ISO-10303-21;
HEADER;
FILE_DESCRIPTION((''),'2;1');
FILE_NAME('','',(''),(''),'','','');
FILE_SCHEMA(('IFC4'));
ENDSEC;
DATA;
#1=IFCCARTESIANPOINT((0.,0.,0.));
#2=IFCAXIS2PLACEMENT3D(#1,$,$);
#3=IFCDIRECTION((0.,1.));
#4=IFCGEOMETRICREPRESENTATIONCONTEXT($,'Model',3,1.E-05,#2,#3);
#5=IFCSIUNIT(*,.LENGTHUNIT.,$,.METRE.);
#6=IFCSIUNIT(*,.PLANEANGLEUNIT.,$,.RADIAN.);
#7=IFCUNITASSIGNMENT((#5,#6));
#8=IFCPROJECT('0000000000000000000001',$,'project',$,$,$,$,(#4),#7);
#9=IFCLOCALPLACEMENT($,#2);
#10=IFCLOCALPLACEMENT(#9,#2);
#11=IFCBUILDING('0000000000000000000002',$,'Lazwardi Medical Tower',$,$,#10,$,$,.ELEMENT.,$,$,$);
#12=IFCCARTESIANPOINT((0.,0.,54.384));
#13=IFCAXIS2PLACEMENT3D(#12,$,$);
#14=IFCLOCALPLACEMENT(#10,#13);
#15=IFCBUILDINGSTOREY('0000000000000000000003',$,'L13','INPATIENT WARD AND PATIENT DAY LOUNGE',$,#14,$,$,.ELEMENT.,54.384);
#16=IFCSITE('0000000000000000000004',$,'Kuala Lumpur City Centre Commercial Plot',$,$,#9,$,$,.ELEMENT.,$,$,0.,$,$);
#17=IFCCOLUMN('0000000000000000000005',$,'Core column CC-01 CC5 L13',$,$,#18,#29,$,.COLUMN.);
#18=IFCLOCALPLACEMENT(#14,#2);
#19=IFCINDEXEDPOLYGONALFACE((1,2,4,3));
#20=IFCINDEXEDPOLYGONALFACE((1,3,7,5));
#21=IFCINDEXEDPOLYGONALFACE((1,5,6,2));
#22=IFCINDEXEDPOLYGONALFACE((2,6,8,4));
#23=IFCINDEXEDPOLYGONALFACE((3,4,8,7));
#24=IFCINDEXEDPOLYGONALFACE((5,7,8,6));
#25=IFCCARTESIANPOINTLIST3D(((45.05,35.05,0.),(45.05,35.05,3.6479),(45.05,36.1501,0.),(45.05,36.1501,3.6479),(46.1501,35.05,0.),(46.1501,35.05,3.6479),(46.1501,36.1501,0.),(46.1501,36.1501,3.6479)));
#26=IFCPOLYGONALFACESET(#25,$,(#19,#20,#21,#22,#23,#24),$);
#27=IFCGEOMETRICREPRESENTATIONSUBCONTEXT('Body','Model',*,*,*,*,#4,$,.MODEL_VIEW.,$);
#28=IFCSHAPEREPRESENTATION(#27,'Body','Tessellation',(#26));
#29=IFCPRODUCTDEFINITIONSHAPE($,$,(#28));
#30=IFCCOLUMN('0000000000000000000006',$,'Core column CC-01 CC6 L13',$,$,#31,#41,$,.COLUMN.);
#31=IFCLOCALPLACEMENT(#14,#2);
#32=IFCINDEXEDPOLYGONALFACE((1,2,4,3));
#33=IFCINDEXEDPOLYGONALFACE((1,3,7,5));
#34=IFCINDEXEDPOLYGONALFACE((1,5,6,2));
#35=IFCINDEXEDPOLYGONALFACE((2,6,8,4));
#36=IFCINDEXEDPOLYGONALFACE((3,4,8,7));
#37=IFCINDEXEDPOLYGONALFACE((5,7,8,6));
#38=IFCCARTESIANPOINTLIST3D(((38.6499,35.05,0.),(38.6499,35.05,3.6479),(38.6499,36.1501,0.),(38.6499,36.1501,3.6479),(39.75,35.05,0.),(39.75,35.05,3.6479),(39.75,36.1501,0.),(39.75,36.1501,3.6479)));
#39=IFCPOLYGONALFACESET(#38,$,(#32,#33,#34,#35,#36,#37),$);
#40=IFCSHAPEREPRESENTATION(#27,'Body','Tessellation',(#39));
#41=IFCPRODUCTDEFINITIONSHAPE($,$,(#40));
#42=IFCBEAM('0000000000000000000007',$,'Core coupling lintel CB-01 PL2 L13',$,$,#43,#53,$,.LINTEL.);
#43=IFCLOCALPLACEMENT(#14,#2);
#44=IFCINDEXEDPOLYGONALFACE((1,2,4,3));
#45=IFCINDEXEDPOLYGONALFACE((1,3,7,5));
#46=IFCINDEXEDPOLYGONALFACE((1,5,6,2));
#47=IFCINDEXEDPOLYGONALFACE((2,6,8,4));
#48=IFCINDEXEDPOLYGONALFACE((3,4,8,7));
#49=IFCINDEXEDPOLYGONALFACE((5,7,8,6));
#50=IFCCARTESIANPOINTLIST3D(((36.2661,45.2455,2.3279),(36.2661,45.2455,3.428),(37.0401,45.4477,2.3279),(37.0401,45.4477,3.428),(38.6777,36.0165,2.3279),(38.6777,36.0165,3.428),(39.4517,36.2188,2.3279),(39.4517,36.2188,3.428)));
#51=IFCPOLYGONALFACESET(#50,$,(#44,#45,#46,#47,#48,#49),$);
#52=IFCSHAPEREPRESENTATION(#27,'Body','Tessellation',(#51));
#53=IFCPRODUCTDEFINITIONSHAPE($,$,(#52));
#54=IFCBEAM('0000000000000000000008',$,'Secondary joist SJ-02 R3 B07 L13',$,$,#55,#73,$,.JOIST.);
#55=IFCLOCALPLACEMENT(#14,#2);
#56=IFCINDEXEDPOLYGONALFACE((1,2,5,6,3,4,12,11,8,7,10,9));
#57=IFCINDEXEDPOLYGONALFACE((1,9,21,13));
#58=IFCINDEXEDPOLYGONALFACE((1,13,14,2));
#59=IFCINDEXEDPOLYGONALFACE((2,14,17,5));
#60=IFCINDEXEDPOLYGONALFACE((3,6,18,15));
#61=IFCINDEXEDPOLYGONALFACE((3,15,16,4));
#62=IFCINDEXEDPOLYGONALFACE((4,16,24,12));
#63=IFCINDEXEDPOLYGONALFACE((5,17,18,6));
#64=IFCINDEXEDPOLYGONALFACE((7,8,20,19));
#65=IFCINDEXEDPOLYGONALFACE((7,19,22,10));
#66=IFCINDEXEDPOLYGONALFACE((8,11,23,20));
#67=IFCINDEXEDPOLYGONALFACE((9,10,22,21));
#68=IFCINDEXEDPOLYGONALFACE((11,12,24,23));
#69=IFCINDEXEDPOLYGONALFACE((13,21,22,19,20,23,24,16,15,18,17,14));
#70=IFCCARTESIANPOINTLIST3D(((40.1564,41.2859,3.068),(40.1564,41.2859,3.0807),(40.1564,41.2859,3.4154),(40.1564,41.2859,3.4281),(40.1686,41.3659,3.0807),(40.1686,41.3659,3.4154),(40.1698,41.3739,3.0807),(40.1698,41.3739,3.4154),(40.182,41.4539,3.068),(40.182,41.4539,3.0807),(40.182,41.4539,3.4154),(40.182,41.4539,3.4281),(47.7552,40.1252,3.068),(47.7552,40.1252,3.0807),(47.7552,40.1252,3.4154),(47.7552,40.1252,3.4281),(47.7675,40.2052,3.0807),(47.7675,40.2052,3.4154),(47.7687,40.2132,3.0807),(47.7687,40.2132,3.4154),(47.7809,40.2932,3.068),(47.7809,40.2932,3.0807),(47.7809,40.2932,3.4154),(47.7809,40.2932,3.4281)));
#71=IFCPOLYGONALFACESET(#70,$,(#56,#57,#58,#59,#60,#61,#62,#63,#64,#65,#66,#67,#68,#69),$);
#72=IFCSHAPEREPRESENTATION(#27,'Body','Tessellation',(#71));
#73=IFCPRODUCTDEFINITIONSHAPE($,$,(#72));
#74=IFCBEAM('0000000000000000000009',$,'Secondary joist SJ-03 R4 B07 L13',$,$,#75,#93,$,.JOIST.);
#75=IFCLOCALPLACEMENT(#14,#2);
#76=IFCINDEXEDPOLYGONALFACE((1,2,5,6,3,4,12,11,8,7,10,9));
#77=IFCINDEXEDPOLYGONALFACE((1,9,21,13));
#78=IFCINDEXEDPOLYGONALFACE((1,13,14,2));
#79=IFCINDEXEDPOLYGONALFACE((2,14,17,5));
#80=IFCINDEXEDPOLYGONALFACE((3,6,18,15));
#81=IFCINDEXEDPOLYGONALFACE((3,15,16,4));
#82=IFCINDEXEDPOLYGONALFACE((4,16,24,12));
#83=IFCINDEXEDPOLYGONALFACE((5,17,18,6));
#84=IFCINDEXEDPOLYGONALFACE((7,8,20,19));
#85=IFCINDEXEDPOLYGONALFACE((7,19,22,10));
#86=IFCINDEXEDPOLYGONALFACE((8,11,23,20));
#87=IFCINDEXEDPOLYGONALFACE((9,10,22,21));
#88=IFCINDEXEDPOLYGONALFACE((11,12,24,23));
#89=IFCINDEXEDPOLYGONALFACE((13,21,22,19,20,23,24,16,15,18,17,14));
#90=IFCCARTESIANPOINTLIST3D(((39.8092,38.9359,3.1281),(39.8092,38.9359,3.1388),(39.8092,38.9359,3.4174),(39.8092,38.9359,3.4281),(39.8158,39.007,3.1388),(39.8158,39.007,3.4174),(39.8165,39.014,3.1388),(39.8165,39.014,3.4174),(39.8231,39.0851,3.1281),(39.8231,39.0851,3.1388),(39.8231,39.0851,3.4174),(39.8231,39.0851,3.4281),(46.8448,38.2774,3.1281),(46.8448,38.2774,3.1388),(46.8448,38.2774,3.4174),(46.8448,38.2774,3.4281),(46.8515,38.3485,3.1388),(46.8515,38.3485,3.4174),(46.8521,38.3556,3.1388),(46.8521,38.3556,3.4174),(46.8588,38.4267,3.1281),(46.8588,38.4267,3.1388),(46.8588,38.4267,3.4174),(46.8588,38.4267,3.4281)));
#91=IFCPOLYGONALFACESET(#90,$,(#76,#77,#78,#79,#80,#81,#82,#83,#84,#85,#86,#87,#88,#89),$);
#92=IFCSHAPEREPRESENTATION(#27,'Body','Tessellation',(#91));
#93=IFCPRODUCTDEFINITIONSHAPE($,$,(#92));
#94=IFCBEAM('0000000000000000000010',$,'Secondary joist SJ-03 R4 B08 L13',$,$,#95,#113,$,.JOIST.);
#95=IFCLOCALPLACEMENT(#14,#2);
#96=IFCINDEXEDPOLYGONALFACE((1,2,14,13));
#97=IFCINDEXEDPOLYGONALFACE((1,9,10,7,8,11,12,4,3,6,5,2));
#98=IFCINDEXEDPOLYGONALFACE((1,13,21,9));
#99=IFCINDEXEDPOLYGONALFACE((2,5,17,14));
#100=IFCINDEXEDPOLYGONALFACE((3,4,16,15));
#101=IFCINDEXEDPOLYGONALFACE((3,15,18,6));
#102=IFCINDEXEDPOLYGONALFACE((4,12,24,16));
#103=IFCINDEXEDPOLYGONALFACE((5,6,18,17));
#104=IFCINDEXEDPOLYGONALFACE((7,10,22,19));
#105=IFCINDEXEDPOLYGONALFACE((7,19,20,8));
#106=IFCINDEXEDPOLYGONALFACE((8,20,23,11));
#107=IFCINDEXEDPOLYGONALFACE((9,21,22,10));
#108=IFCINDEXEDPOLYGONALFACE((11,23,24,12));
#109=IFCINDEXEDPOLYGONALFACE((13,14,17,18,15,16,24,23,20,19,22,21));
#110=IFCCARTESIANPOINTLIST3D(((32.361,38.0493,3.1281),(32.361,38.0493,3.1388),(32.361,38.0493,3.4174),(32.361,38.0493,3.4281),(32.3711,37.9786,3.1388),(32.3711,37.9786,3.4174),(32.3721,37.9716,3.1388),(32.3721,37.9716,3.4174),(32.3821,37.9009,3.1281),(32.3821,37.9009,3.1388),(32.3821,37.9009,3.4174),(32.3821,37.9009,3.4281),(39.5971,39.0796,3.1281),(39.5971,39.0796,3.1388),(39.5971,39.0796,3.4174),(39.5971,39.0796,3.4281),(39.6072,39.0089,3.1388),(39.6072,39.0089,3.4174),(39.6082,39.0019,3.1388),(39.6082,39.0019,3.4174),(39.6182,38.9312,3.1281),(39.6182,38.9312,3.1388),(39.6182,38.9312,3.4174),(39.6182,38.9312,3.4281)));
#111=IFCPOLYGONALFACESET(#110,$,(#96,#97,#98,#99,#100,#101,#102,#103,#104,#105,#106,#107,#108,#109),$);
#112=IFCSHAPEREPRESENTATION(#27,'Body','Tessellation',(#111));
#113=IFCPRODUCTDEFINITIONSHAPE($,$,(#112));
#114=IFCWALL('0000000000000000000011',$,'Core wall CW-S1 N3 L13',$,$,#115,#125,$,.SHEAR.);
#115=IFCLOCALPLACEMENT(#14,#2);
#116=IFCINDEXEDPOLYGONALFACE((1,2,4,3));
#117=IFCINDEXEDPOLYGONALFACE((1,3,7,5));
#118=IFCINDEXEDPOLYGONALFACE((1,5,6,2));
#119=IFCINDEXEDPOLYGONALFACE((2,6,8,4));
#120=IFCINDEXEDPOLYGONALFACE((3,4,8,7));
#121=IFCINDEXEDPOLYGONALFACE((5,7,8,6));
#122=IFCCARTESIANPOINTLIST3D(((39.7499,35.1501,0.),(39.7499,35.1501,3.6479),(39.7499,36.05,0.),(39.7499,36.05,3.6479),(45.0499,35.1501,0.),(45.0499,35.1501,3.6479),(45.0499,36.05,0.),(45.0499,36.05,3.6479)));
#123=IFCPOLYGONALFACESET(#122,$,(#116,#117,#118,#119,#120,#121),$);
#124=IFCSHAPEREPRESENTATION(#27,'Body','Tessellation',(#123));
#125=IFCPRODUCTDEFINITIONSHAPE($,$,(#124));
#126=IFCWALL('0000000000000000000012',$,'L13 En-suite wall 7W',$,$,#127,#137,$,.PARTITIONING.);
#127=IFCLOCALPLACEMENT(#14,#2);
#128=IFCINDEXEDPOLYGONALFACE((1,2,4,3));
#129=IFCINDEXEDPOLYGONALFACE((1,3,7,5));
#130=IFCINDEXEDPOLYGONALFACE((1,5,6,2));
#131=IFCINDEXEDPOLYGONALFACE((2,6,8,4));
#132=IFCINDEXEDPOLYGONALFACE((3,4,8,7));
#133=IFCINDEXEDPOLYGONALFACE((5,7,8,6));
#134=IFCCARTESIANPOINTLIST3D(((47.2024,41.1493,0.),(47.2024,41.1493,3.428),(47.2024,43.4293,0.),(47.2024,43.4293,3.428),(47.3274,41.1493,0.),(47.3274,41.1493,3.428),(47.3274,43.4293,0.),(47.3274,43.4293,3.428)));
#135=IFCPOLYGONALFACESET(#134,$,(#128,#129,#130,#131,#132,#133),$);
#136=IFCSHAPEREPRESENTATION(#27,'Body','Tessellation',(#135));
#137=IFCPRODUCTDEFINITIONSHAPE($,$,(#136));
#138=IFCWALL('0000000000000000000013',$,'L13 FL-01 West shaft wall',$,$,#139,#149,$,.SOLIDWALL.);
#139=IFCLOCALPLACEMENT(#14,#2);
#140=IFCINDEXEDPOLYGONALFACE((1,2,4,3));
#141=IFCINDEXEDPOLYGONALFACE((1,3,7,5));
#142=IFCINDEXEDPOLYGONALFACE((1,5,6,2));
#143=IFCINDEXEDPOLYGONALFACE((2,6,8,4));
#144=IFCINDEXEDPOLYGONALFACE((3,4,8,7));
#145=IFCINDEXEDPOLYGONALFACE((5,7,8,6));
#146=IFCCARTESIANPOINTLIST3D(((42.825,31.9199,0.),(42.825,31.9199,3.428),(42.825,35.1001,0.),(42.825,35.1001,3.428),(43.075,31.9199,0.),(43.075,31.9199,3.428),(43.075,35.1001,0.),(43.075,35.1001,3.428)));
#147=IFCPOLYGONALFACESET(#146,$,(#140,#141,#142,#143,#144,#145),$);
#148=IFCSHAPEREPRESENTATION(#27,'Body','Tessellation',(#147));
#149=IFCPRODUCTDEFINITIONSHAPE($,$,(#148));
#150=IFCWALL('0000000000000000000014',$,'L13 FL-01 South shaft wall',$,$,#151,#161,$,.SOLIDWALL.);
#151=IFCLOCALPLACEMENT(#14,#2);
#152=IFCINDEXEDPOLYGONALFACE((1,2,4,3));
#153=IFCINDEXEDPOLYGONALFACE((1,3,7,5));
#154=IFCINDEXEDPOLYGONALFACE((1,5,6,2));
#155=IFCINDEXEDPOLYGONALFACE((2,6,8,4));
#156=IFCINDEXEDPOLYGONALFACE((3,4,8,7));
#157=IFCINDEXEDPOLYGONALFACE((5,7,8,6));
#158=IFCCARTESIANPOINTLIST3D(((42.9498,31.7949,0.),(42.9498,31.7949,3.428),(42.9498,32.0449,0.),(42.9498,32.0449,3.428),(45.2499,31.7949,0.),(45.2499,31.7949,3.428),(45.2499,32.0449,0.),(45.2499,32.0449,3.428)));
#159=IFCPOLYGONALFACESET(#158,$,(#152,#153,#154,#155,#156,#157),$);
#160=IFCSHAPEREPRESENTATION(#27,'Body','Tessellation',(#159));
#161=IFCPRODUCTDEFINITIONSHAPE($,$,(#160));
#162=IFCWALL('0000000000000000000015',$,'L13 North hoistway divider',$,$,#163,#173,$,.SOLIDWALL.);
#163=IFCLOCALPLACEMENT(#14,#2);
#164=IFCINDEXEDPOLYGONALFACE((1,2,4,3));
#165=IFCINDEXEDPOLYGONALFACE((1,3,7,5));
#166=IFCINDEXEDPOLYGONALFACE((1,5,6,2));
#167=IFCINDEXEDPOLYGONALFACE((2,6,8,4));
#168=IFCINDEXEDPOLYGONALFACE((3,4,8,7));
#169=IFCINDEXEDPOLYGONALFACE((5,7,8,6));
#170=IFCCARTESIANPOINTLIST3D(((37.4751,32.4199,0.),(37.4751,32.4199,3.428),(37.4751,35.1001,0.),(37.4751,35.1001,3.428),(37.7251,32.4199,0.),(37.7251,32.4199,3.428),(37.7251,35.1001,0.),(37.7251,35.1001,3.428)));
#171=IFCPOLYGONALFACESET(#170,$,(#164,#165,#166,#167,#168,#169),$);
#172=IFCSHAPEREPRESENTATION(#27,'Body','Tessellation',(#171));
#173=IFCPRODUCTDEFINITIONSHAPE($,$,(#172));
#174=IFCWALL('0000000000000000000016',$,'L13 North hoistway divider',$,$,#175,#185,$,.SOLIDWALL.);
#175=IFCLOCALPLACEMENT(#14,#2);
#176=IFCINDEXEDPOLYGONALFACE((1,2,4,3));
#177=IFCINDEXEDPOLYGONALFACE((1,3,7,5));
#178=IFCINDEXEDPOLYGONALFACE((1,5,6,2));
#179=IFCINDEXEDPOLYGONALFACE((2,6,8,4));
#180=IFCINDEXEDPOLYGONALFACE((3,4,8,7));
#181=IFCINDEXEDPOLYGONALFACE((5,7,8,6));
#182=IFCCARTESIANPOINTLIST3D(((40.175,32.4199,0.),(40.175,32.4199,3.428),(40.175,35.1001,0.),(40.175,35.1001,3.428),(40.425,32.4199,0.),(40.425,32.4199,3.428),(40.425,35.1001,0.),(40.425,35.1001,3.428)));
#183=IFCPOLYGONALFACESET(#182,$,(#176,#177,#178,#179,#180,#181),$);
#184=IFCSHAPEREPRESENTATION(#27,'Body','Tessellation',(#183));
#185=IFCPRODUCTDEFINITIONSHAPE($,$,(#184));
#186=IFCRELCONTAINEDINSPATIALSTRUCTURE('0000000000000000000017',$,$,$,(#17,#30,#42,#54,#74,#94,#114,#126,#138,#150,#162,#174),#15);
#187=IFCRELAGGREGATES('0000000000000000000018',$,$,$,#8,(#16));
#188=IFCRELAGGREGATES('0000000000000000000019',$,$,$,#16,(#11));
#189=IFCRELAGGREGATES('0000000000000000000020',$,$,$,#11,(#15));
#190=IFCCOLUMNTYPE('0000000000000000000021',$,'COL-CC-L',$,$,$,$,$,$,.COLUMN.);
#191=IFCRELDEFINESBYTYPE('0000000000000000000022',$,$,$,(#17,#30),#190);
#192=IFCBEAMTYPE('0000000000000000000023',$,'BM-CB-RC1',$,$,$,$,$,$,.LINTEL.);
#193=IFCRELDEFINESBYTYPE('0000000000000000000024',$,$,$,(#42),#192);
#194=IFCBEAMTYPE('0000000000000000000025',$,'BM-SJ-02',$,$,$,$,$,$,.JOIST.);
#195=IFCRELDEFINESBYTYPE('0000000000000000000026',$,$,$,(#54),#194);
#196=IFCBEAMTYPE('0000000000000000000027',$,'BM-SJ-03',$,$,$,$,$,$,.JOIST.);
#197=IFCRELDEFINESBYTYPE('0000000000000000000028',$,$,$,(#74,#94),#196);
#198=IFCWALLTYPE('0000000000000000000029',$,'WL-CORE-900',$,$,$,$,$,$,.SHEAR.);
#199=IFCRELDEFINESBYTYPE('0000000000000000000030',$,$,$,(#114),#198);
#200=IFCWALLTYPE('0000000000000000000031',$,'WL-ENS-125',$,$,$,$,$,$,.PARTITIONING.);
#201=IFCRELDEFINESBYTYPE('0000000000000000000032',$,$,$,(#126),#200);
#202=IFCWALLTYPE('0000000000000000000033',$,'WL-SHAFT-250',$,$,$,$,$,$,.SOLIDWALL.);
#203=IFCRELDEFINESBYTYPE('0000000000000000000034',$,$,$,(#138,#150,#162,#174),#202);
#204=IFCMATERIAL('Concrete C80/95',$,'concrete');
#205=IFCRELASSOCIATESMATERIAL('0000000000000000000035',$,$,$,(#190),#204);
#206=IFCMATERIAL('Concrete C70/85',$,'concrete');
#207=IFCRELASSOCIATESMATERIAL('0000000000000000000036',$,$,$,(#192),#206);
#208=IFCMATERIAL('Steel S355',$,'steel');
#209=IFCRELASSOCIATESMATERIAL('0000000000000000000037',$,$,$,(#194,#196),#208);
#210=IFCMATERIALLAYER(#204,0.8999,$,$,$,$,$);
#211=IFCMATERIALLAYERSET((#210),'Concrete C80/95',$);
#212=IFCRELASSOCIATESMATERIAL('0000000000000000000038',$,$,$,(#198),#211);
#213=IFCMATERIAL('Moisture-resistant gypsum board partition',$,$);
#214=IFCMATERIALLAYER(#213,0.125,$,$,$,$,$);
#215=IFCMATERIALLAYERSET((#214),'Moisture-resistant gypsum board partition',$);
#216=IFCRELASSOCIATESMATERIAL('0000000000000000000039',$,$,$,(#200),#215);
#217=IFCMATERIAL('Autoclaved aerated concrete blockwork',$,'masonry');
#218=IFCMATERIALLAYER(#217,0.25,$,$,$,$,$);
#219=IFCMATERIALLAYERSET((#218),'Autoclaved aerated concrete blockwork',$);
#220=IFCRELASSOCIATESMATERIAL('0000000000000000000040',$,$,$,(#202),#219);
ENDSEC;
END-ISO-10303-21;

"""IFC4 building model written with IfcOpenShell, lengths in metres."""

from ifc_helpers import new_model, si_unit, direction, frame, frame_2d, origin, origin_2d, place, context, subcontext, project, spatial, rectangle, i_section, extrude, material, layer, layer_set, material_profile, profile_set, type_object, element, save


model = new_model("IFC4")

# Units and contexts
model_context = context("Model", 3, precision=1e-05, world=origin(), true_north=direction((0.0, 1.0)))
body_context = subcontext(model_context, "Body", "Model", "MODEL_VIEW")
ifc_project = project(units=[si_unit("LENGTHUNIT", "METRE"), si_unit("PLANEANGLEUNIT", "RADIAN")], contexts=[model_context])

# Site, building, storey
site_placement = place(None, origin())
site = spatial("IfcSite", under=ifc_project, at=site_placement, Name="Kuala Lumpur City Centre Commercial Plot", CompositionType="ELEMENT", RefElevation=0.0)
building_placement = place(site_placement, origin())
building = spatial("IfcBuilding", under=site, at=building_placement, Name="Lazwardi Medical Tower", CompositionType="ELEMENT")
storey_placement = place(building_placement, frame((0.0, 0.0, 54.384)))
storey = spatial("IfcBuildingStorey", under=building, at=storey_placement, Name="L13", Description="INPATIENT WARD AND PATIENT DAY LOUNGE", CompositionType="ELEMENT", Elevation=54.384)

# Columns
ifc_material_1 = material(Name="Concrete C80/95", Category="concrete")
ifc_material_profile_1 = material_profile(ifc_material_1, rectangle(XDim=1.1001, YDim=1.1001, at=origin_2d()), Name="RC 1100x1100")
ifc_profile_set_1 = profile_set([ifc_material_profile_1], Name="Concrete C80/95")
column_type = type_object("IfcColumnType", Name="COL-CC-L", PredefinedType="COLUMN", material=ifc_profile_set_1)
for number, where, z_axis, x_axis, name in (
    (1, (45.6001, 35.6001, 0.0), (0.0, 0.0, 1.0), (1.0, 0.0, 0.0), "Core column CC-01 CC5 L13"),
    (2, (39.2, 35.6001, 0.0), (0.0, 0.0, 1.0), (1.0, 0.0, 0.0), "Core column CC-01 CC6 L13"),
):
    element("IfcColumn", number, at=place(storey_placement, frame(where, z_axis=z_axis, x_axis=x_axis)), inside=storey, type_object=column_type, Name=name, PredefinedType="COLUMN", context=body_context, shape_type="SweptSolid", body=[
        extrude(rectangle(XDim=1.1001, YDim=1.1001, at=origin_2d()), origin(), (0.0, 0.0, 1.0), 3.6479),
    ])

# Beams
ifc_material_2 = material(Name="Concrete C70/85", Category="concrete")
ifc_material_profile_2 = material_profile(ifc_material_2, rectangle(XDim=0.8, YDim=1.1001, at=origin_2d()), Name="RC 800x1100")
ifc_profile_set_2 = profile_set([ifc_material_profile_2], Name="Concrete C70/85")
beam_type_1 = type_object("IfcBeamType", Name="BM-CB-RC1", PredefinedType="LINTEL", material=ifc_profile_set_2)
beam_1_placement = place(storey_placement, frame((39.0647, 36.1177, 2.8779), z_axis=(-0.25282, 0.967513, 0.0), x_axis=(-0.967513, -0.25282, 0.0)))
element("IfcBeam", 3, at=beam_1_placement, inside=storey, type_object=beam_type_1, Name="Core coupling lintel CB-01 PL2 L13", PredefinedType="LINTEL", context=body_context, shape_type="SweptSolid", body=[
    extrude(rectangle(XDim=0.8, YDim=1.1001, at=origin_2d()), origin(), (0.0, 0.0, 1.0), 9.5388),
])
ifc_material_3 = material(Name="Steel S355", Category="steel")
ifc_material_profile_3 = material_profile(ifc_material_3, i_section(OverallWidth=0.1699, OverallDepth=0.3601, WebThickness=0.0081, FlangeThickness=0.0127, at=origin_2d()), Name="IPE 360")
ifc_profile_set_3 = profile_set([ifc_material_profile_3], Name="Steel S355")
beam_type_2 = type_object("IfcBeamType", Name="BM-SJ-02", PredefinedType="JOIST", material=ifc_profile_set_3)
beam_2_placement = place(storey_placement, frame((47.7681, 40.2092, 3.248), z_axis=(-0.988536, 0.150988, 0.0), x_axis=(-0.150988, -0.988536, 0.0)))
element("IfcBeam", 4, at=beam_2_placement, inside=storey, type_object=beam_type_2, Name="Secondary joist SJ-02 R3 B07 L13", PredefinedType="JOIST", context=body_context, shape_type="SweptSolid", body=[
    extrude(i_section(OverallWidth=0.1699, OverallDepth=0.3601, WebThickness=0.0081, FlangeThickness=0.0127, at=origin_2d()), origin(), (0.0, 0.0, 1.0), 7.687),
])
ifc_material_profile_4 = material_profile(ifc_material_3, i_section(OverallWidth=0.1499, OverallDepth=0.3, WebThickness=0.0071, FlangeThickness=0.0107, at=origin_2d()), Name="IPE 300")
ifc_profile_set_4 = profile_set([ifc_material_profile_4], Name="Steel S355")
beam_type_3 = type_object("IfcBeamType", Name="BM-SJ-03", PredefinedType="JOIST", material=ifc_profile_set_4)
beam_3_placement = place(storey_placement, frame((46.8518, 38.3521, 3.2781), z_axis=(-0.995649, 0.09318, 0.0), x_axis=(-0.09318, -0.995649, 0.0)))
element("IfcBeam", 5, at=beam_3_placement, inside=storey, type_object=beam_type_3, Name="Secondary joist SJ-03 R4 B07 L13", PredefinedType="JOIST", context=body_context, shape_type="SweptSolid", body=[
    extrude(i_section(OverallWidth=0.1499, OverallDepth=0.3, WebThickness=0.0071, FlangeThickness=0.0107, at=origin_2d()), origin(), (0.0, 0.0, 1.0), 7.0664),
])
beam_4_placement = place(storey_placement, frame((39.6077, 39.0054, 3.2781), z_axis=(-0.990016, -0.140958, 0.0), x_axis=(0.140958, -0.990016, 0.0)))
element("IfcBeam", 6, at=beam_4_placement, inside=storey, type_object=beam_type_3, Name="Secondary joist SJ-03 R4 B08 L13", PredefinedType="JOIST", context=body_context, shape_type="SweptSolid", body=[
    extrude(i_section(OverallWidth=0.1499, OverallDepth=0.3, WebThickness=0.0071, FlangeThickness=0.0107, at=origin_2d()), origin(), (0.0, 0.0, 1.0), 7.3091),
])

# Walls
ifc_layer_1 = layer(ifc_material_1, 0.8999)
ifc_layer_set_1 = layer_set([ifc_layer_1], Name="Concrete C80/95")
wall_type_1 = type_object("IfcWallType", Name="WL-CORE-900", PredefinedType="SHEAR", material=ifc_layer_set_1)
wall_1_placement = place(storey_placement, frame((39.75, 35.6001, 0.0), z_axis=(0.0, 0.0, 1.0), x_axis=(1.0, 0.0, 0.0)))
element("IfcWall", 7, at=wall_1_placement, inside=storey, type_object=wall_type_1, Name="Core wall CW-S1 N3 L13", PredefinedType="SHEAR", context=body_context, shape_type="SweptSolid", body=[
    extrude(rectangle(XDim=5.3, YDim=0.8999, at=frame_2d((2.6499, 0.0))), origin(), (0.0, 0.0, 1.0), 3.6479),
])
ifc_material_4 = material(Name="Moisture-resistant gypsum board partition")
ifc_layer_2 = layer(ifc_material_4, 0.125)
ifc_layer_set_2 = layer_set([ifc_layer_2], Name="Moisture-resistant gypsum board partition")
wall_type_2 = type_object("IfcWallType", Name="WL-ENS-125", PredefinedType="PARTITIONING", material=ifc_layer_set_2)
wall_2_placement = place(storey_placement, frame((47.2649, 41.1492, 0.0), z_axis=(0.0, 0.0, 1.0), x_axis=(0.0, 1.0, 0.0)))
element("IfcWall", 8, at=wall_2_placement, inside=storey, type_object=wall_type_2, Name="L13 En-suite wall 7W", PredefinedType="PARTITIONING", context=body_context, shape_type="SweptSolid", body=[
    extrude(rectangle(XDim=2.28, YDim=0.125, at=frame_2d((1.1401, 0.0))), origin(), (0.0, 0.0, 1.0), 3.428),
])
ifc_material_5 = material(Name="Autoclaved aerated concrete blockwork", Category="masonry")
ifc_layer_3 = layer(ifc_material_5, 0.25)
ifc_layer_set_3 = layer_set([ifc_layer_3], Name="Autoclaved aerated concrete blockwork")
wall_type_3 = type_object("IfcWallType", Name="WL-SHAFT-250", PredefinedType="SOLIDWALL", material=ifc_layer_set_3)
wall_3_placement = place(storey_placement, frame((42.95, 31.9199, 0.0), z_axis=(0.0, 0.0, 1.0), x_axis=(0.0, 1.0, 0.0)))
element("IfcWall", 9, at=wall_3_placement, inside=storey, type_object=wall_type_3, Name="L13 FL-01 West shaft wall", PredefinedType="SOLIDWALL", context=body_context, shape_type="SweptSolid", body=[
    extrude(rectangle(XDim=3.1802, YDim=0.25, at=frame_2d((1.5901, 0.0))), origin(), (0.0, 0.0, 1.0), 3.428),
])
wall_4_placement = place(storey_placement, frame((42.95, 31.9199, 0.0), z_axis=(0.0, 0.0, 1.0), x_axis=(1.0, 0.0, 0.0)))
element("IfcWall", 10, at=wall_4_placement, inside=storey, type_object=wall_type_3, Name="L13 FL-01 South shaft wall", PredefinedType="SOLIDWALL", context=body_context, shape_type="SweptSolid", body=[
    extrude(rectangle(XDim=2.3, YDim=0.25, at=frame_2d((1.1499, 0.0))), origin(), (0.0, 0.0, 1.0), 3.428),
])
for number, where, z_axis, x_axis, name in (
    (11, (37.6001, 32.4199, 0.0), (0.0, 0.0, 1.0), (0.0, 1.0, 0.0), "L13 North hoistway divider"),
    (12, (40.3, 32.4199, 0.0), (0.0, 0.0, 1.0), (0.0, 1.0, 0.0), "L13 North hoistway divider"),
):
    element("IfcWall", number, at=place(storey_placement, frame(where, z_axis=z_axis, x_axis=x_axis)), inside=storey, type_object=wall_type_3, Name=name, PredefinedType="SOLIDWALL", context=body_context, shape_type="SweptSolid", body=[
        extrude(rectangle(XDim=2.6802, YDim=0.25, at=frame_2d((1.3401, 0.0))), origin(), (0.0, 0.0, 1.0), 3.428),
    ])

save(model, "model.ifc")
